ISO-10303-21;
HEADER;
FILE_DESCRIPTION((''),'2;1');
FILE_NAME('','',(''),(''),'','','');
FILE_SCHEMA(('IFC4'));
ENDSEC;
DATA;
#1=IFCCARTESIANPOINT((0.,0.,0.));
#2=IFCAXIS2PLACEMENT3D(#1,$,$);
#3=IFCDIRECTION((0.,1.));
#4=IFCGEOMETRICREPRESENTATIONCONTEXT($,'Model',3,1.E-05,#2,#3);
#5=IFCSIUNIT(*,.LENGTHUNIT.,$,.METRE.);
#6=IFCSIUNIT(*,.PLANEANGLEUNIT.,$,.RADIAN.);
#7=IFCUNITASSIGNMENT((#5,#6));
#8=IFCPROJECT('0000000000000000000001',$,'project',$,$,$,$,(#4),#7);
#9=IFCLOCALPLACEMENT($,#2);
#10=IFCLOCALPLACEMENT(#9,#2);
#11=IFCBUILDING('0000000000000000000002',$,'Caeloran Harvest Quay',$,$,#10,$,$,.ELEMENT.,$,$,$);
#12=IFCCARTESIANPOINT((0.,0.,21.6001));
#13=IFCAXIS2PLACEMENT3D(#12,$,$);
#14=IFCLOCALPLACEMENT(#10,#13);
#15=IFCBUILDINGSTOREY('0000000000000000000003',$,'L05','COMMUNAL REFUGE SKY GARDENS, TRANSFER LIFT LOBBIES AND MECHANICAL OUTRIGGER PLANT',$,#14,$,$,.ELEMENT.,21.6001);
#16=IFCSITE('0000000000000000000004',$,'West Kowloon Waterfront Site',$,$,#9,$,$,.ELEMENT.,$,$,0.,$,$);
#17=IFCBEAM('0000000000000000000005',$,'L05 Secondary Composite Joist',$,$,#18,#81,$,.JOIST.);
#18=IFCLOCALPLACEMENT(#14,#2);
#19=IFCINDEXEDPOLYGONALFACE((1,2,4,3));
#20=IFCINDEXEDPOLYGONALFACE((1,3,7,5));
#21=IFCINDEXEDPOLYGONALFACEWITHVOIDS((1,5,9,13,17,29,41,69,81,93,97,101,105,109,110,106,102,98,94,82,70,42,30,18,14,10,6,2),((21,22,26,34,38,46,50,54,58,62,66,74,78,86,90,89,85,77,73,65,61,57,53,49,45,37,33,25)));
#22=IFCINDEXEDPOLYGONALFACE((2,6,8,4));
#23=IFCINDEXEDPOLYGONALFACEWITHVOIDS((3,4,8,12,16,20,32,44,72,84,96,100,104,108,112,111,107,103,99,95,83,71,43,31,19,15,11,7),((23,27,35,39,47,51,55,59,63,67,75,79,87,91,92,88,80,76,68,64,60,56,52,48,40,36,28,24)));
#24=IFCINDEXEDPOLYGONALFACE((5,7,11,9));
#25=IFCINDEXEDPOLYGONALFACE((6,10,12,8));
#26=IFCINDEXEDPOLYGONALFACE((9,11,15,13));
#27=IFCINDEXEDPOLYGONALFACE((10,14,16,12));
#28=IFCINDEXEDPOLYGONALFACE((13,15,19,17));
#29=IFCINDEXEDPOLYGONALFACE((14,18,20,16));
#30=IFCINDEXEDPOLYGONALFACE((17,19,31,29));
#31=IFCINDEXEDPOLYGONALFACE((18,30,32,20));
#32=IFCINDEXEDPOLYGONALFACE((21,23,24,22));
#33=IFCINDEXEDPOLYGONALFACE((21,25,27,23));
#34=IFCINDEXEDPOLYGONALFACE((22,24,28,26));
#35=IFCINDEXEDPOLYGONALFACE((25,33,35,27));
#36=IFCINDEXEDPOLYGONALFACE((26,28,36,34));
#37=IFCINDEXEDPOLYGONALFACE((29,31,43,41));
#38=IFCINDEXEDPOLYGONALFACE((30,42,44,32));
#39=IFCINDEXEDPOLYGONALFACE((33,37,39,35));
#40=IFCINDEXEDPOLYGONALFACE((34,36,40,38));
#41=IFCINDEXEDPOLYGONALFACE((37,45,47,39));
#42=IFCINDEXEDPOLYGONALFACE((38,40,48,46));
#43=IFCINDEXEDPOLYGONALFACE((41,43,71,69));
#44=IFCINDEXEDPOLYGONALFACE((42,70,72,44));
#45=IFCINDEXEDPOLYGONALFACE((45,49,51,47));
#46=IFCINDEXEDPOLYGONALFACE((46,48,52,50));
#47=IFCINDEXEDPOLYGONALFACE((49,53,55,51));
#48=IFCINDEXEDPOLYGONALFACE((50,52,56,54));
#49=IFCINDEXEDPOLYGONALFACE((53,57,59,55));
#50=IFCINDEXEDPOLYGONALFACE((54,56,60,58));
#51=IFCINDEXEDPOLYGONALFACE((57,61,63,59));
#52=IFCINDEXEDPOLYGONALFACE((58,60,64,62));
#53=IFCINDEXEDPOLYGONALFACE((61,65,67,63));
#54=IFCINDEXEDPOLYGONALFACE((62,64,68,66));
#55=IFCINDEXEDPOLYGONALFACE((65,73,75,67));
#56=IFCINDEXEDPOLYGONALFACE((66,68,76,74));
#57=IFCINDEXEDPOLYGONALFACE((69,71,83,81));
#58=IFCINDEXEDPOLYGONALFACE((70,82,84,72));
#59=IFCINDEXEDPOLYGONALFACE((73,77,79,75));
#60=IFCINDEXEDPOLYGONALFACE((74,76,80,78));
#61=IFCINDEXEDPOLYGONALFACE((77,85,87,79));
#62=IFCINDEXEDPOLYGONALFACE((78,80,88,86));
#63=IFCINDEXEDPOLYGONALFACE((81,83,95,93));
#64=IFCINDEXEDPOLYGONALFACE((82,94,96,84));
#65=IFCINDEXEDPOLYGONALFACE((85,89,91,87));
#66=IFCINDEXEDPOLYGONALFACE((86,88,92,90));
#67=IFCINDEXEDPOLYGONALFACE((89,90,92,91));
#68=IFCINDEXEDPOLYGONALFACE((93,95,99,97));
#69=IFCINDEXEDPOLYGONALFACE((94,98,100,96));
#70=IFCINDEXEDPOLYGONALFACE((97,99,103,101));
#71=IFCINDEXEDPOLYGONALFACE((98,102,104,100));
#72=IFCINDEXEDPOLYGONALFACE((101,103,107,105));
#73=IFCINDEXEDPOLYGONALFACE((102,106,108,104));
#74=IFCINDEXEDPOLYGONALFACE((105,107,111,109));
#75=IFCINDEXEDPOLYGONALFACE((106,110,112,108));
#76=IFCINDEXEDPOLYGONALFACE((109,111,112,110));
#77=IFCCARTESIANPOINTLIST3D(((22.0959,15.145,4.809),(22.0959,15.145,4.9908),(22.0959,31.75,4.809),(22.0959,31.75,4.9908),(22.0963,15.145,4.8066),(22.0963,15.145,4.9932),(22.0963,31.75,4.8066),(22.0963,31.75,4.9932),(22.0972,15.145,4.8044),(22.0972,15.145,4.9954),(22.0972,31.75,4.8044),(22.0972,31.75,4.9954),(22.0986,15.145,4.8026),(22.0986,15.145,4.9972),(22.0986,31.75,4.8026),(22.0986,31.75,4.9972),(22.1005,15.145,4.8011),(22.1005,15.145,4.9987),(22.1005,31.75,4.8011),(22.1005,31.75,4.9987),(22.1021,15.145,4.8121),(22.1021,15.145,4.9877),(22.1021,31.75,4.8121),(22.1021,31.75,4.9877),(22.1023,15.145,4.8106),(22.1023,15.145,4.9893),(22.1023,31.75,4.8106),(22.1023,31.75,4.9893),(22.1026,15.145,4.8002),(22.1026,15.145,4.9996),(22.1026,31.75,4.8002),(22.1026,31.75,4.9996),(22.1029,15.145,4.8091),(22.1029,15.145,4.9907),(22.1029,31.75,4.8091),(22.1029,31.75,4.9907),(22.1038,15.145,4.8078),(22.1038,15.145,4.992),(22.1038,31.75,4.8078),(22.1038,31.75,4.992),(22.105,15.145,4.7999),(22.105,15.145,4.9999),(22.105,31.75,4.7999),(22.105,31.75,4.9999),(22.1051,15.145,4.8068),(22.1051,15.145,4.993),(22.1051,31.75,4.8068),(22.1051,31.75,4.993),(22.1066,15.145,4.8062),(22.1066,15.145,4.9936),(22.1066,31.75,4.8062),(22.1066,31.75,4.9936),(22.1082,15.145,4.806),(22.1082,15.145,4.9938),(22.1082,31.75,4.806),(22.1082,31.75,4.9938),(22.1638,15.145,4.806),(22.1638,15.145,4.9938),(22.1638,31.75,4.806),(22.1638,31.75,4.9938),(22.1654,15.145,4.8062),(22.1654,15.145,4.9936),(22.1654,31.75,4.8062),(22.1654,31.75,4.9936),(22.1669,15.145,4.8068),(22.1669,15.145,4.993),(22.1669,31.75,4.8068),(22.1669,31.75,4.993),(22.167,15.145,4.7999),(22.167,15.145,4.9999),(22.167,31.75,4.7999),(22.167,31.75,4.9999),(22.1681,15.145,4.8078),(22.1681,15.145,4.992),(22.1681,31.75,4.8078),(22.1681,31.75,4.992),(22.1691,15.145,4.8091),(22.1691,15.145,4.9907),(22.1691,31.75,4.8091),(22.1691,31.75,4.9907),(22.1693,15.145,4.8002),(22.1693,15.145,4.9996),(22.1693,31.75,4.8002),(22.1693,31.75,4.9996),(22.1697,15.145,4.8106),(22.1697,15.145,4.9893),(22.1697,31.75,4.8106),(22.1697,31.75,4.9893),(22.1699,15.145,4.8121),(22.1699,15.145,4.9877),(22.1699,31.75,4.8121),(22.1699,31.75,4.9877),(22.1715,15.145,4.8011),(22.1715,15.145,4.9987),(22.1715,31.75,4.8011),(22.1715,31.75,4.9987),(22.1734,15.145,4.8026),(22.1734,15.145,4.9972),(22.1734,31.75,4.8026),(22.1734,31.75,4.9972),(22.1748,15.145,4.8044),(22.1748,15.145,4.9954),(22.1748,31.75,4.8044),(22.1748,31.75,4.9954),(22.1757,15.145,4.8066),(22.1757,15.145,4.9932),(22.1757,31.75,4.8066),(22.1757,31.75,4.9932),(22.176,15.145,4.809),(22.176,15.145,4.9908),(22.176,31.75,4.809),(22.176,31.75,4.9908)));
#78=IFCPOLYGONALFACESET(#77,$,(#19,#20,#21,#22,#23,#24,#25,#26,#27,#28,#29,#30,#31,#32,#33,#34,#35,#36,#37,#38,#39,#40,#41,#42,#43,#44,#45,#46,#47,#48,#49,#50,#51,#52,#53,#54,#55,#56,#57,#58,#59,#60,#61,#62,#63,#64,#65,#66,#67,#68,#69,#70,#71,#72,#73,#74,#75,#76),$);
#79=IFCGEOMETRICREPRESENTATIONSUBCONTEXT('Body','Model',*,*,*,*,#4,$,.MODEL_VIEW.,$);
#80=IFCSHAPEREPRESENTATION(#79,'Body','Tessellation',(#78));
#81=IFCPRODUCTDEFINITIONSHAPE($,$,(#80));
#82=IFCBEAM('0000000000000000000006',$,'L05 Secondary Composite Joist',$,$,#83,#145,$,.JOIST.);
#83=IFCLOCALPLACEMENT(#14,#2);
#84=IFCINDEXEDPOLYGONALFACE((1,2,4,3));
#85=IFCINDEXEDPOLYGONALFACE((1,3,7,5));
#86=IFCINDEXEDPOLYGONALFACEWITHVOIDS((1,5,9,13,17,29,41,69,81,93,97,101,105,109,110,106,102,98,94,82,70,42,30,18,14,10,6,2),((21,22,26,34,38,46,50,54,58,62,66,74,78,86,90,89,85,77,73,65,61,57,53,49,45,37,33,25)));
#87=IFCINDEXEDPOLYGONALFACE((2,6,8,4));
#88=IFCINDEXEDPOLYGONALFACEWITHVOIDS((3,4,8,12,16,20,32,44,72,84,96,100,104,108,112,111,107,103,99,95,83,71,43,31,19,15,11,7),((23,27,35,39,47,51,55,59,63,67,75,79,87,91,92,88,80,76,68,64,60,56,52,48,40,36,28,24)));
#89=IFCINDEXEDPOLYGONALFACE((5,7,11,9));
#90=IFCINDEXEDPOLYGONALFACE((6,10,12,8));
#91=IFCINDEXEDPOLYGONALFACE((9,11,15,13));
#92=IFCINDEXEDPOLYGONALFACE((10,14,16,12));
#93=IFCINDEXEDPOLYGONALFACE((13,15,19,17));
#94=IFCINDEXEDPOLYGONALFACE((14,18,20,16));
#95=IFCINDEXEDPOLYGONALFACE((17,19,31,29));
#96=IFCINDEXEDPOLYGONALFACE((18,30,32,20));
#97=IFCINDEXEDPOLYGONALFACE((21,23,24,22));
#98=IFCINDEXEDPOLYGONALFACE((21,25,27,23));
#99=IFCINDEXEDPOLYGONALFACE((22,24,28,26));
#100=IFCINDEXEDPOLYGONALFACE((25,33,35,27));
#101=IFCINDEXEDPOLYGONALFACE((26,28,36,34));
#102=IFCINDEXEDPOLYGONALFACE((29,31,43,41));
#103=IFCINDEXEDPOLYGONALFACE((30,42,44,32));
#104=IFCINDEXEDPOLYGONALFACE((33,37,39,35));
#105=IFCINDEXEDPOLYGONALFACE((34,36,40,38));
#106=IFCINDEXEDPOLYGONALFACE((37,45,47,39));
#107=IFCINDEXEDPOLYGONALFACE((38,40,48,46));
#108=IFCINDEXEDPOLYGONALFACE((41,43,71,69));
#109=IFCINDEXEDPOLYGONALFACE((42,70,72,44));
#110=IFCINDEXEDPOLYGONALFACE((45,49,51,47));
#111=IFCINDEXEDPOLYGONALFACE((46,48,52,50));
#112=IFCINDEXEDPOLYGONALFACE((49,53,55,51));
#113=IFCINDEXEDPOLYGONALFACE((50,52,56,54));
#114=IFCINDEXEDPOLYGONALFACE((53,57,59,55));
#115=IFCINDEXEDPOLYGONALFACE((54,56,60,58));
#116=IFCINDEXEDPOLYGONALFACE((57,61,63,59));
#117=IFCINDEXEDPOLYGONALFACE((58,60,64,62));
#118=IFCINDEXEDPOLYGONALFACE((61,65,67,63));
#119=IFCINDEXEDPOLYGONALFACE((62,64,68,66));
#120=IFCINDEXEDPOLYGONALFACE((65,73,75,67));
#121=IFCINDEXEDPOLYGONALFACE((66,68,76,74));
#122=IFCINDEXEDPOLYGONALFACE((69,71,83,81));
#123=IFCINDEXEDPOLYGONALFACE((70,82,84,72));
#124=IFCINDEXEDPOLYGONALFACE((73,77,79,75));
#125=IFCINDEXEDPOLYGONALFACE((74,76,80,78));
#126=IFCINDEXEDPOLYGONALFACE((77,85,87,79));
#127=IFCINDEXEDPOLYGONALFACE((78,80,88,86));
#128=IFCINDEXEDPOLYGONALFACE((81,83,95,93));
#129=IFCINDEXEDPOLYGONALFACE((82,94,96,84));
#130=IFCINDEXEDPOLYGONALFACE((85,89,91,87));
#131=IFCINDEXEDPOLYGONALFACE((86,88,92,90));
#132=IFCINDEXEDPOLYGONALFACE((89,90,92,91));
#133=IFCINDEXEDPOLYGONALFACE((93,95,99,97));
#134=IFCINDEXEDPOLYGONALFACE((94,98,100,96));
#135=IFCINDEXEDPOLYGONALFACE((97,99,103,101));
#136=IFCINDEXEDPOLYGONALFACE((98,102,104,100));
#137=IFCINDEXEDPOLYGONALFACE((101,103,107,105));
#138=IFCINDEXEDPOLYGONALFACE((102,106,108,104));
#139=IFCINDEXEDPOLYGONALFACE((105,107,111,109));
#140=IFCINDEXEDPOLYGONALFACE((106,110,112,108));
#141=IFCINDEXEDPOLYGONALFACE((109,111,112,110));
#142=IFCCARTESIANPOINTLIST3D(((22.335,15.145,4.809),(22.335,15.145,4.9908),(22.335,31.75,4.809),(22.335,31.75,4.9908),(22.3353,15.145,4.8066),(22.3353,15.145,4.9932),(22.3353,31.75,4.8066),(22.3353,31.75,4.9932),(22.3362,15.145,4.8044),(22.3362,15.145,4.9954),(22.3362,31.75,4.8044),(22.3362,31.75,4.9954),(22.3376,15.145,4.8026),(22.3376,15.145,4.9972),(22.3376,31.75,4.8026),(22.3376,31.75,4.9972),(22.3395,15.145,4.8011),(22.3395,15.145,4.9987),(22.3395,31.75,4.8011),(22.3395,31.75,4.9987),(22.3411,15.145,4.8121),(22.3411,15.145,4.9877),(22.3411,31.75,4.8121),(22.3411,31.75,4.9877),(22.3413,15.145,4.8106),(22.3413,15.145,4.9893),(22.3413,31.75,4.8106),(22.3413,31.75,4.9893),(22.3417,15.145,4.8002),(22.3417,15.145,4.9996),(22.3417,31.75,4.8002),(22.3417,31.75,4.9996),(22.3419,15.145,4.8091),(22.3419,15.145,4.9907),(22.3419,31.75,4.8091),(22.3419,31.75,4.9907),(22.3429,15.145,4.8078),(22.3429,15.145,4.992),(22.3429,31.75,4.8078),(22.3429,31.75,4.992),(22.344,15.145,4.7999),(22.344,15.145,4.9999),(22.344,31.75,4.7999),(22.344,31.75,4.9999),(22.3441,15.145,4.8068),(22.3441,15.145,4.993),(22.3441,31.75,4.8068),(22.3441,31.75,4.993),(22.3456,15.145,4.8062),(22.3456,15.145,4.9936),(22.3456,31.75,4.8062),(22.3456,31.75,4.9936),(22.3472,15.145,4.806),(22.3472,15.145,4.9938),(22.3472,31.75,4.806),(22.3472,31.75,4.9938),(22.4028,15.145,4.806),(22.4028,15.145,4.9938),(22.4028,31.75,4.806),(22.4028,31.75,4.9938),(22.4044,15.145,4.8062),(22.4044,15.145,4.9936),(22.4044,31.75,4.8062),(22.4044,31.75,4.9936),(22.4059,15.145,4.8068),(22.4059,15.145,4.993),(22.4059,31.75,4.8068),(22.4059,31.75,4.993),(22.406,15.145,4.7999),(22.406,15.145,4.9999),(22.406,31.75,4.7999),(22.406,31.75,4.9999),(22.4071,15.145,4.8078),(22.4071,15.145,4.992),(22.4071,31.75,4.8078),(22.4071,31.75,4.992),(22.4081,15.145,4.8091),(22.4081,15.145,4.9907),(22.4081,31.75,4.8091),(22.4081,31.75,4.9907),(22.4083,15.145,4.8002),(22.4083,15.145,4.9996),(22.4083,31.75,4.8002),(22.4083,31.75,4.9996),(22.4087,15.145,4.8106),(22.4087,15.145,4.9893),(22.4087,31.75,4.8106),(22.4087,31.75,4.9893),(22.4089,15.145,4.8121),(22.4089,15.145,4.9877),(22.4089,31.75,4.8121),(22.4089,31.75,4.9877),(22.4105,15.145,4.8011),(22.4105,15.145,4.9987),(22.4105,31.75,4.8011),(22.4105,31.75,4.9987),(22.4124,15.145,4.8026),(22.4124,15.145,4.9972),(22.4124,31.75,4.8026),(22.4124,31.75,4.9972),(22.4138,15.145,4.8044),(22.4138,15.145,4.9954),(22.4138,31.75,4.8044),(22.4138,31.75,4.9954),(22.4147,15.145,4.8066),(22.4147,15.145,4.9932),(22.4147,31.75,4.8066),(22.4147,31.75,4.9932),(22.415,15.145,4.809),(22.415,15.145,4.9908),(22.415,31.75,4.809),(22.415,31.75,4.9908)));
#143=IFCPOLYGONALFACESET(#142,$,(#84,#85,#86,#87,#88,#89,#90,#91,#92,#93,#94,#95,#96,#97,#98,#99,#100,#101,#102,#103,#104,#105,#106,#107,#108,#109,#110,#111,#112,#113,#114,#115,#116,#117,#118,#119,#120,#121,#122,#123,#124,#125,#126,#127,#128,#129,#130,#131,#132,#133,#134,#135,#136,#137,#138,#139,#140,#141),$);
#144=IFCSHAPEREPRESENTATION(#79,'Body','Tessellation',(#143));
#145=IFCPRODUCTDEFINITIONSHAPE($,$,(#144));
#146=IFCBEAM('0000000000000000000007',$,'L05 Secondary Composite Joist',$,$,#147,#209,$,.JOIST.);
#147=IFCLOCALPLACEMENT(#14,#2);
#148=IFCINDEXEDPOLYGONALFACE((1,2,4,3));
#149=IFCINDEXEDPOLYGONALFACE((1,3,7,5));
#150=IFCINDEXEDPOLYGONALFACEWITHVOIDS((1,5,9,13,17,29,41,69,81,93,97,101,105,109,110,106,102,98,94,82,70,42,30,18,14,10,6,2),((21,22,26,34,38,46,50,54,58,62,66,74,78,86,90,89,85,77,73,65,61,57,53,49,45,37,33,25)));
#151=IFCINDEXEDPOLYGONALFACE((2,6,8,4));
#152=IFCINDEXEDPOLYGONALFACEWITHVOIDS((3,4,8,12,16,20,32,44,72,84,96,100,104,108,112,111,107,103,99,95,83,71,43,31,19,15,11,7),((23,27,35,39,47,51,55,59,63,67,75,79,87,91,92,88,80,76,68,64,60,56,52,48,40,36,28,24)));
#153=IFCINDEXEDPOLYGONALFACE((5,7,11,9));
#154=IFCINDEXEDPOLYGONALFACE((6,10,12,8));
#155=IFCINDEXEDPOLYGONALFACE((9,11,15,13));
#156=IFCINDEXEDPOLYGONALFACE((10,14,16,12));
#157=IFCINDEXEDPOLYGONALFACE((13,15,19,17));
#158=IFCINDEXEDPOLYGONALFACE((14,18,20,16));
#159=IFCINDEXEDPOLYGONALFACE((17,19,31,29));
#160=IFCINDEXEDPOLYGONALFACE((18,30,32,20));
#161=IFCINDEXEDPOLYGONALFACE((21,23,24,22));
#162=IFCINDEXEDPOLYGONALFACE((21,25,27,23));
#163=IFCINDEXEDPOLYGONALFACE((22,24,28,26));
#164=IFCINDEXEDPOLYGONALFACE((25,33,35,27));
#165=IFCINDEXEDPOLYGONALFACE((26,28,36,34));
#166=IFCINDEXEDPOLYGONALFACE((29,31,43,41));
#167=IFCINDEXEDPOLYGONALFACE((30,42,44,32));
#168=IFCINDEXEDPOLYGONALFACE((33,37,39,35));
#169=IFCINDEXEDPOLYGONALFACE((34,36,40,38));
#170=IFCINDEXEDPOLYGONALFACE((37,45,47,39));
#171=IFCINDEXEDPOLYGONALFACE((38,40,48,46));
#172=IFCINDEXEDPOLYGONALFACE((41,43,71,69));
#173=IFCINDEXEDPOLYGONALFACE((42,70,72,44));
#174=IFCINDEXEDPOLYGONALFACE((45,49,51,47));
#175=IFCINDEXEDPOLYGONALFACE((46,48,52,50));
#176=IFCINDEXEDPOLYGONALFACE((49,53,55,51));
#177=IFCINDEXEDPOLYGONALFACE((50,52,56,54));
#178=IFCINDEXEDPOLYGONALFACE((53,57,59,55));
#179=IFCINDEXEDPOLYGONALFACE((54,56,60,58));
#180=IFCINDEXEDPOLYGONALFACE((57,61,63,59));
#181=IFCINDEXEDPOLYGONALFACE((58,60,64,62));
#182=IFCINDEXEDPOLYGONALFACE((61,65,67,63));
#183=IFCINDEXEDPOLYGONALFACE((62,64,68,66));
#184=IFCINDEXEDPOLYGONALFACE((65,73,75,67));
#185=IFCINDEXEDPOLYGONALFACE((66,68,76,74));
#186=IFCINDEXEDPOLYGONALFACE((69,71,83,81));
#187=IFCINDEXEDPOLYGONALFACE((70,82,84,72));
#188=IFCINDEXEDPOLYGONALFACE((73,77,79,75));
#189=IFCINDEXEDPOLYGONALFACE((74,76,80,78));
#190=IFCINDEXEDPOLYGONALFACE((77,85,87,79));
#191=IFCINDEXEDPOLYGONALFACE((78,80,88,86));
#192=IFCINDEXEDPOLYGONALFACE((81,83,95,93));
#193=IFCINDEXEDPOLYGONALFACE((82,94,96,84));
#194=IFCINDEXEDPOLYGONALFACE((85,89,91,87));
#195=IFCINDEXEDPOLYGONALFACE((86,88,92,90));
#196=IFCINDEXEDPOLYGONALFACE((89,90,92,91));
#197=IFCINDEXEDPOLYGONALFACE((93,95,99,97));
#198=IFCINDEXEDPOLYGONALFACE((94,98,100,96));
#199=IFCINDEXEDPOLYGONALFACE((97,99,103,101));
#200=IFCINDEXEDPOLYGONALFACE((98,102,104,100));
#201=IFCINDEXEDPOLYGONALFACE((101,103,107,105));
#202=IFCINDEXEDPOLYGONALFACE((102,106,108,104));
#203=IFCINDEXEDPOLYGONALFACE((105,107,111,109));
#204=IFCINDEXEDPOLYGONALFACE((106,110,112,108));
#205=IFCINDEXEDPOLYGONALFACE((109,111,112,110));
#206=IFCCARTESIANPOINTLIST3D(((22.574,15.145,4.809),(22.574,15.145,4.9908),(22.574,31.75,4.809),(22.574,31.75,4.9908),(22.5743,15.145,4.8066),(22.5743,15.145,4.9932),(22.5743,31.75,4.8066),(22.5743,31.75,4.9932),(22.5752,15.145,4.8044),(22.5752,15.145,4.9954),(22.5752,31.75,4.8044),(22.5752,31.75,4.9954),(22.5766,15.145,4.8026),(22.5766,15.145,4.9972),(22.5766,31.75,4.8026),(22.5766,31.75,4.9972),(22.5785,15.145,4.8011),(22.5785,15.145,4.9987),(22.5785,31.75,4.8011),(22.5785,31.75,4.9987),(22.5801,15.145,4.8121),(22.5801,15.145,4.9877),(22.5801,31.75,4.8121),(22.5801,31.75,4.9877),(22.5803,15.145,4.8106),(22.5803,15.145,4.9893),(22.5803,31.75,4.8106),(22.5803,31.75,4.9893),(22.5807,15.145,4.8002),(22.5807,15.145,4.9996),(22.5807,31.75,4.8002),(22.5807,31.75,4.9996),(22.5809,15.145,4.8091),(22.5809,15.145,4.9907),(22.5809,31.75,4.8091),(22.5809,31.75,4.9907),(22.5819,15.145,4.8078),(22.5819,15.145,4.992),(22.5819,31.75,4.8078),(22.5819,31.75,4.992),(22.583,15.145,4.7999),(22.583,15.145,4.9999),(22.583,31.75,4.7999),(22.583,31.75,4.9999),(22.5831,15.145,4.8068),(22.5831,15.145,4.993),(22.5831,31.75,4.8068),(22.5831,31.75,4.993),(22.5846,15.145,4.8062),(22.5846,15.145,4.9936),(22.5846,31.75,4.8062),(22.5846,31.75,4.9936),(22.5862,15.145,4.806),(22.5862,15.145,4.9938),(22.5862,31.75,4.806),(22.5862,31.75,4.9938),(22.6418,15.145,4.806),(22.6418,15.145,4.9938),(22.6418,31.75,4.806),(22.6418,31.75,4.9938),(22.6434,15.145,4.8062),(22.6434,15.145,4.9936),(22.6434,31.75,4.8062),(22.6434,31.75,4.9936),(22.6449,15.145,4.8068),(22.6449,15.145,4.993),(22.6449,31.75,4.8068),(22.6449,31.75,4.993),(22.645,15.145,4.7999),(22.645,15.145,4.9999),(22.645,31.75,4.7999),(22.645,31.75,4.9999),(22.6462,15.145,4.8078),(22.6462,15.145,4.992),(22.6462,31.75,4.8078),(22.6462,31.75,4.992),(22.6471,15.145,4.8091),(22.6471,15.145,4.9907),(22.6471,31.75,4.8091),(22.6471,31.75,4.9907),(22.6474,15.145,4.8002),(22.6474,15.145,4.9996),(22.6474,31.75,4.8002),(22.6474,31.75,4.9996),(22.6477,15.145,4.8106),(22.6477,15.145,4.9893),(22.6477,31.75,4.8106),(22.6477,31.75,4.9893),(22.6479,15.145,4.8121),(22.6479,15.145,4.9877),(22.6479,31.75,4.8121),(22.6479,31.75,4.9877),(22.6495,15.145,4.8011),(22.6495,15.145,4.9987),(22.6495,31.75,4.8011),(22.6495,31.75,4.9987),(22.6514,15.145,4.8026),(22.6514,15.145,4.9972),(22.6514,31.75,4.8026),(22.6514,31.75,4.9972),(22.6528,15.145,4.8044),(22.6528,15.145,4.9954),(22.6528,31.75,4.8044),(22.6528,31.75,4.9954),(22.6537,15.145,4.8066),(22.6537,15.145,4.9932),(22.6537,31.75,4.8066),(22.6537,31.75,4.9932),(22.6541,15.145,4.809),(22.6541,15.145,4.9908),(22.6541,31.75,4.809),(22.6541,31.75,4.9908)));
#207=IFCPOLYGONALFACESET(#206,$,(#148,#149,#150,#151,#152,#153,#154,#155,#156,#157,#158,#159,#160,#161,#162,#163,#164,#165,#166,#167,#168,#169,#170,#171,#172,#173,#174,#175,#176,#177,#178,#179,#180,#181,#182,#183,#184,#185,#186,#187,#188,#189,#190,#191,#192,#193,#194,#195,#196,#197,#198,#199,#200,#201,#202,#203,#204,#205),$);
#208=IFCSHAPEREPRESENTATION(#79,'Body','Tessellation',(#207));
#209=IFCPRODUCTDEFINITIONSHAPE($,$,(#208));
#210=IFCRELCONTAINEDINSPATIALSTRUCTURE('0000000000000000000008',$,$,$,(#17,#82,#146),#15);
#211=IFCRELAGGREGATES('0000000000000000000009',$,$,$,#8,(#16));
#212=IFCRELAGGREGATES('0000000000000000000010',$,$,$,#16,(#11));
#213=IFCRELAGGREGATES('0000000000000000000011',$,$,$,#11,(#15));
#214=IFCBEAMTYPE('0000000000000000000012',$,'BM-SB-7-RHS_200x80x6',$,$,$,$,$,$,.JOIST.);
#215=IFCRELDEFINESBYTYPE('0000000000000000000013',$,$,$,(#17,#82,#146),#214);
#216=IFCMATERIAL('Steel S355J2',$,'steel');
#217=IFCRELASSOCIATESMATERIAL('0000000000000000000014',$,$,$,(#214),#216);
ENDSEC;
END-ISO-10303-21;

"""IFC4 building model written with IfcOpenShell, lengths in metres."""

from ifc_helpers import new_model, si_unit, direction, frame, origin, origin_2d, place, context, subcontext, project, spatial, hollow_rectangle, extrude, material, material_profile, profile_set, type_object, element, save


model = new_model("IFC4")

# Units and contexts
model_context = context("Model", 3, precision=1e-05, world=origin(), true_north=direction((0.0, 1.0)))
body_context = subcontext(model_context, "Body", "Model", "MODEL_VIEW")
ifc_project = project(units=[si_unit("LENGTHUNIT", "METRE"), si_unit("PLANEANGLEUNIT", "RADIAN")], contexts=[model_context])

# Site, building, storey
site_placement = place(None, origin())
site = spatial("IfcSite", under=ifc_project, at=site_placement, Name="West Kowloon Waterfront Site", CompositionType="ELEMENT", RefElevation=0.0)
building_placement = place(site_placement, origin())
building = spatial("IfcBuilding", under=site, at=building_placement, Name="Caeloran Harvest Quay", CompositionType="ELEMENT")
storey_placement = place(building_placement, frame((0.0, 0.0, 21.6001)))
storey = spatial("IfcBuildingStorey", under=building, at=storey_placement, Name="L05", Description="COMMUNAL REFUGE SKY GARDENS, TRANSFER LIFT LOBBIES AND MECHANICAL OUTRIGGER PLANT", CompositionType="ELEMENT", Elevation=21.6001)

# Beams
ifc_material_1 = material(Name="Steel S355J2", Category="steel")
ifc_material_profile_1 = material_profile(ifc_material_1, hollow_rectangle(XDim=0.0801, YDim=0.2, WallThickness=0.0061, InnerFilletRadius=0.0061, OuterFilletRadius=0.009, at=origin_2d()), Name="RHS 200x80x6")
ifc_profile_set_1 = profile_set([ifc_material_profile_1], Name="Steel S355J2")
beam_type_1 = type_object("IfcBeamType", Name="BM-SB-7-RHS_200x80x6", PredefinedType="JOIST", material=ifc_profile_set_1)
for number, where, z_axis, x_axis, name in (
    (1, (22.136, 15.145, 4.8999), (0.0, 1.0, 0.0), (-1.0, 0.0, 0.0), "L05 Secondary Composite Joist"),
    (2, (22.375, 15.145, 4.8999), (0.0, 1.0, 0.0), (-1.0, 0.0, 0.0), "L05 Secondary Composite Joist"),
    (3, (22.614, 15.145, 4.8999), (0.0, 1.0, 0.0), (-1.0, 0.0, 0.0), "L05 Secondary Composite Joist"),
):
    element("IfcBeam", number, at=place(storey_placement, frame(where, z_axis=z_axis, x_axis=x_axis)), inside=storey, type_object=beam_type_1, Name=name, PredefinedType="JOIST", context=body_context, shape_type="SweptSolid", body=[
        extrude(hollow_rectangle(XDim=0.0801, YDim=0.2, WallThickness=0.0061, InnerFilletRadius=0.0061, OuterFilletRadius=0.009, at=origin_2d()), origin(), (0.0, 0.0, 1.0), 16.605),
    ])

save(model, "model.ifc")
